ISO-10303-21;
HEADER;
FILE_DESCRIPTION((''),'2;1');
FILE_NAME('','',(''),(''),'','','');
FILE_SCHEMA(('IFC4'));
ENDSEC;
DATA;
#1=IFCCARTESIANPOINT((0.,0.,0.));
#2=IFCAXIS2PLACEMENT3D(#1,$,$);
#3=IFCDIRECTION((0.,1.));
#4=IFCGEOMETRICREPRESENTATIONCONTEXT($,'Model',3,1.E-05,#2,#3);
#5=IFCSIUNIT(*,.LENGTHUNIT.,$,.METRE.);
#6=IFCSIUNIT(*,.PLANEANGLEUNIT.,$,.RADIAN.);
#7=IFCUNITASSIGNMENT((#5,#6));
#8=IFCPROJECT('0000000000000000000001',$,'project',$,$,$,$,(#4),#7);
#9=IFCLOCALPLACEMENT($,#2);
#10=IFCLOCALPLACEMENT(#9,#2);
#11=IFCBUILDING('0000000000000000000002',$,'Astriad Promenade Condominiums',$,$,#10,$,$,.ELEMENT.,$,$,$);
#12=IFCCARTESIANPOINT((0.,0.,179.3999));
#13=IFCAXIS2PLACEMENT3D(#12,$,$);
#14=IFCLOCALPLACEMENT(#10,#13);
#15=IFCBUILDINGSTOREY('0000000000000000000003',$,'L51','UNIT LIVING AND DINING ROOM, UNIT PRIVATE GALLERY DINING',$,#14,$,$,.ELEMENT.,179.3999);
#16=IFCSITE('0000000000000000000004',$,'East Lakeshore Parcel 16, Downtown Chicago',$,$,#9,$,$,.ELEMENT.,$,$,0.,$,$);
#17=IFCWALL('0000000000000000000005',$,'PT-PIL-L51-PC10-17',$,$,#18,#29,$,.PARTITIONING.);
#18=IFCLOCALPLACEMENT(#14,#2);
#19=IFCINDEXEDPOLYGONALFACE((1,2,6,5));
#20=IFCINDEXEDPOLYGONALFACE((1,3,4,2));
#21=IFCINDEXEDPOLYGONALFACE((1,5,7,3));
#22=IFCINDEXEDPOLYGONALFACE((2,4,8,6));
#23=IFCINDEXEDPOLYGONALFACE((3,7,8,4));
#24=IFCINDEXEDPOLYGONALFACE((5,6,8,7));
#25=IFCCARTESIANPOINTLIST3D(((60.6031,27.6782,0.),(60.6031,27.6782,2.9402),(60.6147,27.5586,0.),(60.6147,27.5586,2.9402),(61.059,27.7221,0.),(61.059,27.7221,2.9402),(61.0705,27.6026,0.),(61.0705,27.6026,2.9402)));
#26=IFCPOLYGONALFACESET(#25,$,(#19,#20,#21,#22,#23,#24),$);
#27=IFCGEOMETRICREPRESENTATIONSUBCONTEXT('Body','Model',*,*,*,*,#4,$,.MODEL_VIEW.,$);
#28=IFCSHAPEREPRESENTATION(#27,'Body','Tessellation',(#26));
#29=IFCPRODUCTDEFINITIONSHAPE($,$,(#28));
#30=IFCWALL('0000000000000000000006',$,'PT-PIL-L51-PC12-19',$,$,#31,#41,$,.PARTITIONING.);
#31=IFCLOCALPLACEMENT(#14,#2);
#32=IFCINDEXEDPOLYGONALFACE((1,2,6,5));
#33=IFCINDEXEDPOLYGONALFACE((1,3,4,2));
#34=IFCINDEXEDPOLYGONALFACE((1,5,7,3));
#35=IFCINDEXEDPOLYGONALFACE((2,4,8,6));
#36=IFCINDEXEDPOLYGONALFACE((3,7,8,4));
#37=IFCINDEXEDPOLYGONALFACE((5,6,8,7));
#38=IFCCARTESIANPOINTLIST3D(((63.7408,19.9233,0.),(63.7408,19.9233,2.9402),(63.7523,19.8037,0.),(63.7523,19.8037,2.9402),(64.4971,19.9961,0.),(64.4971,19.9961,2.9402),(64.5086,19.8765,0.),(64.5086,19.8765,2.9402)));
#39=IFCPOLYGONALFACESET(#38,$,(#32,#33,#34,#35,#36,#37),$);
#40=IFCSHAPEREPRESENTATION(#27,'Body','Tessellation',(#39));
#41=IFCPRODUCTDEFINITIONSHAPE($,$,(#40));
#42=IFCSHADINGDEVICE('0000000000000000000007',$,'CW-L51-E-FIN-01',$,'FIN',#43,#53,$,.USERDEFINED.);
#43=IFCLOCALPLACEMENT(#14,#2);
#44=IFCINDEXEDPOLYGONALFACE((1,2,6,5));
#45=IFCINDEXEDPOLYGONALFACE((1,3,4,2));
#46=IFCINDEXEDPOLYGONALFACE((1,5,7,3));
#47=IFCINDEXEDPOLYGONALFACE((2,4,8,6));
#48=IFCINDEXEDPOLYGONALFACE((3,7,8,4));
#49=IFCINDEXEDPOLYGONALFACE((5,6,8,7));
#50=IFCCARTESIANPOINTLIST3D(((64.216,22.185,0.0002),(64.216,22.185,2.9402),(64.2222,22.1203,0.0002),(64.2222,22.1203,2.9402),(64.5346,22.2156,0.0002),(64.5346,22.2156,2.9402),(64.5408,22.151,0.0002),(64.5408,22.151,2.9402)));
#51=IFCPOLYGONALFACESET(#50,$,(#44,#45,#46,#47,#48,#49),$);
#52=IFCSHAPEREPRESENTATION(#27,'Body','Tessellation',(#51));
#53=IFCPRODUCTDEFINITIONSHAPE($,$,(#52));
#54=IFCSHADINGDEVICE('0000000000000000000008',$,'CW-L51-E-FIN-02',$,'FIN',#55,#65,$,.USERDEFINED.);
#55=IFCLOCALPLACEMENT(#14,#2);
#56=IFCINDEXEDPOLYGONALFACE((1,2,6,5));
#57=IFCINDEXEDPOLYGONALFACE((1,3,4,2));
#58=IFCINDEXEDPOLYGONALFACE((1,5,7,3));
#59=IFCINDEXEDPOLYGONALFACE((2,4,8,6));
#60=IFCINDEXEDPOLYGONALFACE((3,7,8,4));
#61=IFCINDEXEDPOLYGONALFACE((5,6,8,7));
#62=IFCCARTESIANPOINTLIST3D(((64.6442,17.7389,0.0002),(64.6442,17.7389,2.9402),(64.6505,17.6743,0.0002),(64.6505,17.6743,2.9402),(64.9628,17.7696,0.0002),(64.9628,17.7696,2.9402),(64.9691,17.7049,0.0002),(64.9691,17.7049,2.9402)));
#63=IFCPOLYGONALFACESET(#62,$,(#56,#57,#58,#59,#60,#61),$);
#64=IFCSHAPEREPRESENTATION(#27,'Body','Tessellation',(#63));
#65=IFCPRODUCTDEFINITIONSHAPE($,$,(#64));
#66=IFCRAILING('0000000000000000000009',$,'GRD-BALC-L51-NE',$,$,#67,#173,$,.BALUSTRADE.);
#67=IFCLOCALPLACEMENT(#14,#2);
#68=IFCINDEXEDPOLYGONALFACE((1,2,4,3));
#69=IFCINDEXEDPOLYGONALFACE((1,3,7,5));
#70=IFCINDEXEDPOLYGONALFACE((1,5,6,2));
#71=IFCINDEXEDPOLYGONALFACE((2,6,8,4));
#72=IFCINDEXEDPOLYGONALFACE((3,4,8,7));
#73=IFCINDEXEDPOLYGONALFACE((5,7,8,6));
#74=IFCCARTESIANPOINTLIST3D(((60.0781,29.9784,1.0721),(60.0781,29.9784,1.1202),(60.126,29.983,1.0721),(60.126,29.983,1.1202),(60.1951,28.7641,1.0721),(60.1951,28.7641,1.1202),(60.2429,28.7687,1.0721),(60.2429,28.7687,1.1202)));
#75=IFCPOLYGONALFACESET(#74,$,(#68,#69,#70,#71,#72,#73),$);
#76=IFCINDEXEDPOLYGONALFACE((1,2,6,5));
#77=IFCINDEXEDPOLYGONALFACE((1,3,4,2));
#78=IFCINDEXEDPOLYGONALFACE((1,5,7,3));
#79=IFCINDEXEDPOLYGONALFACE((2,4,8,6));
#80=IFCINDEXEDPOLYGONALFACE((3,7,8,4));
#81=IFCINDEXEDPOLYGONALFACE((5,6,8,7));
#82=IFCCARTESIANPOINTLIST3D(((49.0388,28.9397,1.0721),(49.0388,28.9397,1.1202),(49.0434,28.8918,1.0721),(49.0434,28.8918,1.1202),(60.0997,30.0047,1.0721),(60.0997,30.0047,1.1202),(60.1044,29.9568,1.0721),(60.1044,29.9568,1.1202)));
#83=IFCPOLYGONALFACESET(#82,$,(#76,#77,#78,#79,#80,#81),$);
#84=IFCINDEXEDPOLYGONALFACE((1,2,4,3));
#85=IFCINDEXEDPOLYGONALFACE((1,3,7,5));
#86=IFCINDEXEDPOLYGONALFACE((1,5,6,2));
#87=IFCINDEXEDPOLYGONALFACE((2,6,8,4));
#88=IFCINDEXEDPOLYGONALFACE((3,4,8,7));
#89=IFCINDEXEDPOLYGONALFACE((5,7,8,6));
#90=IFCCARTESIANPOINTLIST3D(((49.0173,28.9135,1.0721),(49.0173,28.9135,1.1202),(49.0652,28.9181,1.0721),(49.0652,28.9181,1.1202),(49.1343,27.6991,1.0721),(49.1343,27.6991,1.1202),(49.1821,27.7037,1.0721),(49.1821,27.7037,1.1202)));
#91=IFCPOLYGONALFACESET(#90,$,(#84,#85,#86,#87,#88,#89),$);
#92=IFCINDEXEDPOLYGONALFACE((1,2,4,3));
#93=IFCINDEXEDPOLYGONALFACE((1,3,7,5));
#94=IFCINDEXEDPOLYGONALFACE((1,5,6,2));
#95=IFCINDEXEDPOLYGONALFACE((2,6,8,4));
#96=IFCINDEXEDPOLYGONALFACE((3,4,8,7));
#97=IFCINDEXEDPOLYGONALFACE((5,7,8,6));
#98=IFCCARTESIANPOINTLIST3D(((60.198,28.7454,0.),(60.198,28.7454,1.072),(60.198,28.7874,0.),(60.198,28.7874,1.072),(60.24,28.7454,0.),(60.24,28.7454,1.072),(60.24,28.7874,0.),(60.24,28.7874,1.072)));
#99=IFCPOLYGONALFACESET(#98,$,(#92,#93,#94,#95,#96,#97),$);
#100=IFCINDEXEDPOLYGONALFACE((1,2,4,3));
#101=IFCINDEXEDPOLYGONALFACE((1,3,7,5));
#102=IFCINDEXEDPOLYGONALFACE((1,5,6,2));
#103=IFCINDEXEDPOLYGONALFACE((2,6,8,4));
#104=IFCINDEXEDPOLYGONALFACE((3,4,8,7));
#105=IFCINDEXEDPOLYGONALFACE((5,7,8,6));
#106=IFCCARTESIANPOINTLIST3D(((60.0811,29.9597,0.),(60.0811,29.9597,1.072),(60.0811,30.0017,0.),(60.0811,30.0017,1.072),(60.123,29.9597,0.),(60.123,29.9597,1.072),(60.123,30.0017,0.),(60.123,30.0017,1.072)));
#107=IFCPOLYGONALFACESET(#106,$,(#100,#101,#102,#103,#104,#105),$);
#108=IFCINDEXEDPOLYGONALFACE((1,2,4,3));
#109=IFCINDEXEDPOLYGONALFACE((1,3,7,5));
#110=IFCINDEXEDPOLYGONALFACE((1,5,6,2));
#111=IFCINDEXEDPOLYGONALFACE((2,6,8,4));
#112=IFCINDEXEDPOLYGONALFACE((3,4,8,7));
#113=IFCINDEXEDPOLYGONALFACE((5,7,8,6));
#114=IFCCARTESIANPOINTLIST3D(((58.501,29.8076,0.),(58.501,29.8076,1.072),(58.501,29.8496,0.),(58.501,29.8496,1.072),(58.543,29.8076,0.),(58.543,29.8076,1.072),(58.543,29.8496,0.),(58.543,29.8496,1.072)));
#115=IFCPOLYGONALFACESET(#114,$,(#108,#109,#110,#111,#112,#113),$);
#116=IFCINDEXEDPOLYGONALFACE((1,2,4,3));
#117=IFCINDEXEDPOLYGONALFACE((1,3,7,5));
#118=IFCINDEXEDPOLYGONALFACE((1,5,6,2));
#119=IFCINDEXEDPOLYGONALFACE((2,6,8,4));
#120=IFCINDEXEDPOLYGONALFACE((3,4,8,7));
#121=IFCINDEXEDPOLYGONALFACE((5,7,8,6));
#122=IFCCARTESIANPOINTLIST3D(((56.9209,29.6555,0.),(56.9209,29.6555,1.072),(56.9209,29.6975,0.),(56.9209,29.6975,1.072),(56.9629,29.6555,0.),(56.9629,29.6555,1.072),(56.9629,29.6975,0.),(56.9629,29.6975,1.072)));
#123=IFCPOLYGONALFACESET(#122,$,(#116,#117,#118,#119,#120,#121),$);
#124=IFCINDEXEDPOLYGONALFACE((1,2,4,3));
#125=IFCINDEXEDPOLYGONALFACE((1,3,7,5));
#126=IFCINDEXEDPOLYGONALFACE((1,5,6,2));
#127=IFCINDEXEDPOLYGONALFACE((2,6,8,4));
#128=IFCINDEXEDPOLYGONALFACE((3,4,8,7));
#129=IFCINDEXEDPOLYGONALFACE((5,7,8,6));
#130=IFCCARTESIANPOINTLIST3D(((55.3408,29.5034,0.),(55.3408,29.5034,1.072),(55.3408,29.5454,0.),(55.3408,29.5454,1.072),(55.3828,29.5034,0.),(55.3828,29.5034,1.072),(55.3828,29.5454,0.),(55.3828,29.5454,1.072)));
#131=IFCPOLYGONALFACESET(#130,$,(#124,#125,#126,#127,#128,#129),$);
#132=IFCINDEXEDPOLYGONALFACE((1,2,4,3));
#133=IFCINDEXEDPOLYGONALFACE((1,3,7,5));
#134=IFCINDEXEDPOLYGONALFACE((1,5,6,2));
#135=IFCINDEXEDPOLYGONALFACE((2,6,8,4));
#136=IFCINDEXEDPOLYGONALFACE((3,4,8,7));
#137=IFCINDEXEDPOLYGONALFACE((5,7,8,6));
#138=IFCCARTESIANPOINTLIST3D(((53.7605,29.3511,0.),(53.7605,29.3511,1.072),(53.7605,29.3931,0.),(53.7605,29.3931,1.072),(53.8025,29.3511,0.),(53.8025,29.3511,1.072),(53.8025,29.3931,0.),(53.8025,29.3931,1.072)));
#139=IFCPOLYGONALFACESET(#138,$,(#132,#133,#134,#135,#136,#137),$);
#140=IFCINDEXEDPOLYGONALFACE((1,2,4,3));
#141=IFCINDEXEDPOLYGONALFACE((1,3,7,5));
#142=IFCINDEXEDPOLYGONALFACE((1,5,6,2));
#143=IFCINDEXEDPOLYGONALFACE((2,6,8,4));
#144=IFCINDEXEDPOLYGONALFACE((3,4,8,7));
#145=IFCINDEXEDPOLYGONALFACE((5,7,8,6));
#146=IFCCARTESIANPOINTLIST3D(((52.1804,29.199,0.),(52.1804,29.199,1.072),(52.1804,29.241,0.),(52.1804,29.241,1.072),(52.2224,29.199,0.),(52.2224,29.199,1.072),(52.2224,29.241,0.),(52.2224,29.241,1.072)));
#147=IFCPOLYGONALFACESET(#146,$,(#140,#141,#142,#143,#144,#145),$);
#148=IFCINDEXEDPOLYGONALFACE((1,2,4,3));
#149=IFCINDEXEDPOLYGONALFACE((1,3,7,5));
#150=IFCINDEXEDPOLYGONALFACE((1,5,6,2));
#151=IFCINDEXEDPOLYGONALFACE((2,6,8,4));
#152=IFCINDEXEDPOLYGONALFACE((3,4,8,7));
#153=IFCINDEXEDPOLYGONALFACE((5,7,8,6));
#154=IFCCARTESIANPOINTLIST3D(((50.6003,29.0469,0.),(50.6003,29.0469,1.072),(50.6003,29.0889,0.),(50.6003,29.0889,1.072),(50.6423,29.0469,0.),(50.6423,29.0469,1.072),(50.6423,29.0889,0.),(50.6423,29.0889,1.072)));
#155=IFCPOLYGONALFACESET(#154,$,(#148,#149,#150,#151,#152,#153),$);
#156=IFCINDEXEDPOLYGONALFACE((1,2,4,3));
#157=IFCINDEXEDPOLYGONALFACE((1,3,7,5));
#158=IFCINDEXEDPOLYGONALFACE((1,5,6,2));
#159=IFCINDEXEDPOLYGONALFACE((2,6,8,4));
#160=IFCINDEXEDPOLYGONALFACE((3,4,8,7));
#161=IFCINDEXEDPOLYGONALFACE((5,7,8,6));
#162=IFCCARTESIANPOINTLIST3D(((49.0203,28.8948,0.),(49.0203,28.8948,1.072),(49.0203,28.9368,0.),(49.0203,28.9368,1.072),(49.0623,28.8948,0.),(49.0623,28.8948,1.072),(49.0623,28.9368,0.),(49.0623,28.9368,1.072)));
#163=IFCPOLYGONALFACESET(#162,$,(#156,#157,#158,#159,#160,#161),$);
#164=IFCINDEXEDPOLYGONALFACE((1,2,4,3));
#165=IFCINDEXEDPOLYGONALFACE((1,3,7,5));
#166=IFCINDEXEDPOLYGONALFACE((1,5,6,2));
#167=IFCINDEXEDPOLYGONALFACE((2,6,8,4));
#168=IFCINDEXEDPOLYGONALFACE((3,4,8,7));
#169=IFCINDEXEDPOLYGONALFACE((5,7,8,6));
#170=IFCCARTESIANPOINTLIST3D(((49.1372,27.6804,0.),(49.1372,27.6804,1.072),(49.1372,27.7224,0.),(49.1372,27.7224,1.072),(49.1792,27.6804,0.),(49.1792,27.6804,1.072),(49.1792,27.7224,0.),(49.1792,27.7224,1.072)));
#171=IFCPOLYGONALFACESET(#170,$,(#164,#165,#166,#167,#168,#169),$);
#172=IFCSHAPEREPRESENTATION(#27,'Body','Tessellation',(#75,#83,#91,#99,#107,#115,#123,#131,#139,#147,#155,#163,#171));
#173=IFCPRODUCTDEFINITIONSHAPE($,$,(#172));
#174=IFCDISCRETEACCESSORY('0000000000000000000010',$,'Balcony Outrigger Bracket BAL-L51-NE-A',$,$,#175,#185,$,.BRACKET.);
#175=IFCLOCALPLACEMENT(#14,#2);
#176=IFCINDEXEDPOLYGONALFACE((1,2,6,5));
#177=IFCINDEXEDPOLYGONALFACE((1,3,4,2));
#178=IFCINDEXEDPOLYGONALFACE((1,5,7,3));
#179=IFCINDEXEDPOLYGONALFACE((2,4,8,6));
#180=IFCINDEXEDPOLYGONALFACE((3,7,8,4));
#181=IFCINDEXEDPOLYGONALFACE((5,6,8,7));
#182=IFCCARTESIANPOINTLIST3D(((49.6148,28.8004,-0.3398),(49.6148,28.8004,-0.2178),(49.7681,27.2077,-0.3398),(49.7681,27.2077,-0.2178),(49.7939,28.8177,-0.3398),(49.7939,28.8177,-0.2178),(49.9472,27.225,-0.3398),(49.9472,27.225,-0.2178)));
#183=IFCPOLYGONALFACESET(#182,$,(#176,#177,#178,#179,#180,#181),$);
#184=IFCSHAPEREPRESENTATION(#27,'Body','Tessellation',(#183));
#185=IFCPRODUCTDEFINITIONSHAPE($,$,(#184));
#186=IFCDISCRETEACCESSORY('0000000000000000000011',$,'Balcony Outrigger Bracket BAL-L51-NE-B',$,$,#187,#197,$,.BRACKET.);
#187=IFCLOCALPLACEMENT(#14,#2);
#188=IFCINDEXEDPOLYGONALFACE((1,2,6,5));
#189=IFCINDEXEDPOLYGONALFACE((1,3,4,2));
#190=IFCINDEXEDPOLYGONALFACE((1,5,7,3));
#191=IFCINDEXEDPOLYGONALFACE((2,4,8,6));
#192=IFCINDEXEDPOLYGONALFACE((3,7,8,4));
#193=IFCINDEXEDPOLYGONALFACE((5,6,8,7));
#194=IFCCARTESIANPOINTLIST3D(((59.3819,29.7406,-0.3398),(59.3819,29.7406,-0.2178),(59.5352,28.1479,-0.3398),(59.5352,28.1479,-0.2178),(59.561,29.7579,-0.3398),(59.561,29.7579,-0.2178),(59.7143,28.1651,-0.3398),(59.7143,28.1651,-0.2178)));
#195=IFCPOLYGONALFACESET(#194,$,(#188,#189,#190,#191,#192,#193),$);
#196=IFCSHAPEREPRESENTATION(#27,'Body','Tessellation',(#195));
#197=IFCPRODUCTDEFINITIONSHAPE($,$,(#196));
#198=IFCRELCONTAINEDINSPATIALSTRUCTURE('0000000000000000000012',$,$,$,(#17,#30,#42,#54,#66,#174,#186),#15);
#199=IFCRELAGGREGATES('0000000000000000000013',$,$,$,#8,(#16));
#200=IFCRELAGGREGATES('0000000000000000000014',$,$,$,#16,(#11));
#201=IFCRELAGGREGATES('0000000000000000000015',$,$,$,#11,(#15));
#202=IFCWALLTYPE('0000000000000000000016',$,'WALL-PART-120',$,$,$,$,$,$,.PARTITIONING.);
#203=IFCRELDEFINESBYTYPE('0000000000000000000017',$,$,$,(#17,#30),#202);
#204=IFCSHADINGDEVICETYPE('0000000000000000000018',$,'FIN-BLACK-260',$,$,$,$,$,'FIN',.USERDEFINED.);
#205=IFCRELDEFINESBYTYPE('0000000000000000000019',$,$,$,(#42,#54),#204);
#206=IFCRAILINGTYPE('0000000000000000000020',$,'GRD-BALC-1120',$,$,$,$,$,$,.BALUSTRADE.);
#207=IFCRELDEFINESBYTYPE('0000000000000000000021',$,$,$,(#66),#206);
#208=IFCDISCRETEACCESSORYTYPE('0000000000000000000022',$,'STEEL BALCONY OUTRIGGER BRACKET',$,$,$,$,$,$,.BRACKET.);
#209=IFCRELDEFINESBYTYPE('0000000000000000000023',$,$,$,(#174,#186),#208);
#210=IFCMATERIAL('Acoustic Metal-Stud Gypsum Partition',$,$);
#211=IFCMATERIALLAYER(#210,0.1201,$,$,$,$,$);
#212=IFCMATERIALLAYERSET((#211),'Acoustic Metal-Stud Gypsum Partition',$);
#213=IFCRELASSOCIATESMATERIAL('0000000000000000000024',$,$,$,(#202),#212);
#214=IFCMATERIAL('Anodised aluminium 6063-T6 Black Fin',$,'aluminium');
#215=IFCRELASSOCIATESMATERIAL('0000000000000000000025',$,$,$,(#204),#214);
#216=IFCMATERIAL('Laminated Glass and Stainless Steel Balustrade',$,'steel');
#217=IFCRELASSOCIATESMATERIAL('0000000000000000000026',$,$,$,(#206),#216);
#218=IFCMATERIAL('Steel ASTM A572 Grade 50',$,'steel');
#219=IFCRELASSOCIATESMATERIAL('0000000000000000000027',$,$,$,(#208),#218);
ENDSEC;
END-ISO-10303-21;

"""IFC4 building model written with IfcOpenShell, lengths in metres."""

from ifc_helpers import new_model, si_unit, direction, frame, frame_2d, origin, origin_2d, place, context, subcontext, project, spatial, rectangle, extrude, source, transform, mapped, material, layer, layer_set, type_object, type_shapes, element, save


model = new_model("IFC4")

# Units and contexts
model_context = context("Model", 3, precision=1e-05, world=origin(), true_north=direction((0.0, 1.0)))
body_context = subcontext(model_context, "Body", "Model", "MODEL_VIEW")
ifc_project = project(units=[si_unit("LENGTHUNIT", "METRE"), si_unit("PLANEANGLEUNIT", "RADIAN")], contexts=[model_context])

# Site, building, storey
site_placement = place(None, origin())
site = spatial("IfcSite", under=ifc_project, at=site_placement, Name="East Lakeshore Parcel 16, Downtown Chicago", CompositionType="ELEMENT", RefElevation=0.0)
building_placement = place(site_placement, origin())
building = spatial("IfcBuilding", under=site, at=building_placement, Name="Astriad Promenade Condominiums", CompositionType="ELEMENT")
storey_placement = place(building_placement, frame((0.0, 0.0, 179.3999)))
storey = spatial("IfcBuildingStorey", under=building, at=storey_placement, Name="L51", Description="UNIT LIVING AND DINING ROOM, UNIT PRIVATE GALLERY DINING", CompositionType="ELEMENT", Elevation=179.3999)

# Shared definitions
ifc_material_1 = material(Name="Acoustic Metal-Stud Gypsum Partition")
ifc_layer_1 = layer(ifc_material_1, 0.1201)
ifc_layer_set_1 = layer_set([ifc_layer_1], Name="Acoustic Metal-Stud Gypsum Partition")
wall_type_1 = type_object("IfcWallType", Name="WALL-PART-120", PredefinedType="PARTITIONING", material=ifc_layer_set_1)

# Walls
wall_1_placement = place(storey_placement, frame((60.6089, 27.6184, 0.0), z_axis=(0.0, 0.0, 1.0), x_axis=(0.995385, 0.095966, 0.0)))
element("IfcWall", 1, at=wall_1_placement, inside=storey, type_object=wall_type_1, Name="PT-PIL-L51-PC10-17", PredefinedType="PARTITIONING", context=body_context, shape_type="SweptSolid", body=[
    extrude(rectangle(XDim=0.458, YDim=0.1201, at=frame_2d((0.229, 0.0))), origin(), (0.0, 0.0, 1.0), 2.9402),
])
wall_2_placement = place(storey_placement, frame((63.7466, 19.8635, 0.0), z_axis=(0.0, 0.0, 1.0), x_axis=(0.995405, 0.095749, 0.0)))
element("IfcWall", 2, at=wall_2_placement, inside=storey, type_object=wall_type_1, Name="PT-PIL-L51-PC12-19", PredefinedType="PARTITIONING", context=body_context, shape_type="SweptSolid", body=[
    extrude(rectangle(XDim=0.7598, YDim=0.1201, at=frame_2d((0.3799, 0.0))), origin(), (0.0, 0.0, 1.0), 2.9402),
])

# Shading devices
ifc_material_2 = material(Name="Anodised aluminium 6063-T6 Black Fin", Category="aluminium")
shading_device_type = type_object("IfcShadingDeviceType", Name="FIN-BLACK-260", ElementType="FIN", PredefinedType="USERDEFINED", material=ifc_material_2)
shared_shape_1 = source(origin(), body_context, "Body", "SweptSolid", [
    extrude(rectangle(XDim=0.0649, YDim=0.3201, at=origin_2d()), origin(), (0.0, 0.0, 1.0), 2.9399),
])
type_shapes(shading_device_type, [shared_shape_1])
for number, where, z_axis, x_axis, name in (
    (3, (64.3784, 22.168, 0.0002), (0.0, 0.0, 1.0), (0.095846, -0.995396, 0.0), "CW-L51-E-FIN-01"),
    (4, (64.8066, 17.7219, 0.0002), (0.0, 0.0, 1.0), (0.095846, -0.995396, 0.0), "CW-L51-E-FIN-02"),
):
    element("IfcShadingDevice", number, at=place(storey_placement, frame(where, z_axis=z_axis, x_axis=x_axis)), inside=storey, type_object=shading_device_type, Name=name, ObjectType="FIN", PredefinedType="USERDEFINED", context=body_context, shape_type="MappedRepresentation", body=[
        mapped(shared_shape_1, transform((0.0, 0.0, 0.0), scale=1.0)),
    ])

# Railing
ifc_material_3 = material(Name="Laminated Glass and Stainless Steel Balustrade", Category="steel")
railing_type = type_object("IfcRailingType", Name="GRD-BALC-1120", PredefinedType="BALUSTRADE", material=ifc_material_3)
shared_shape_2 = source(origin(), body_context, "Body", "SweptSolid", [
    extrude(rectangle(XDim=0.0481, YDim=0.0481, at=origin_2d()), frame((0.0, 0.0, 1.0962), z_axis=(-0.095857, 0.995395, 0.0), x_axis=(-0.995395, -0.095857, 0.0)), (0.0, 0.0, 1.0), 1.22),
    extrude(rectangle(XDim=0.0481, YDim=0.0481, at=origin_2d()), frame((-0.1169, 1.2144, 1.0962), z_axis=(-0.995397, -0.095838, 0.0), x_axis=(0.095838, -0.995397, 0.0)), (0.0, 0.0, 1.0), 11.1121),
    extrude(rectangle(XDim=0.0481, YDim=0.0481, at=origin_2d()), frame((-11.1777, 0.1494, 1.0962), z_axis=(0.095857, -0.995395, 0.0), x_axis=(0.995395, 0.095857, 0.0)), (0.0, 0.0, 1.0), 1.22),
    extrude(rectangle(XDim=0.042, YDim=0.042, at=origin_2d()), origin(), (0.0, 0.0, 1.0), 1.072),
    extrude(rectangle(XDim=0.042, YDim=0.042, at=origin_2d()), frame((-0.1169, 1.2144, 0.0)), (0.0, 0.0, 1.0), 1.072),
    extrude(rectangle(XDim=0.042, YDim=0.042, at=origin_2d()), frame((-1.697, 1.0623, 0.0)), (0.0, 0.0, 1.0), 1.072),
    extrude(rectangle(XDim=0.042, YDim=0.042, at=origin_2d()), frame((-3.2771, 0.9102, 0.0)), (0.0, 0.0, 1.0), 1.072),
    extrude(rectangle(XDim=0.042, YDim=0.042, at=origin_2d()), frame((-4.8572, 0.7581, 0.0)), (0.0, 0.0, 1.0), 1.072),
    extrude(rectangle(XDim=0.042, YDim=0.042, at=origin_2d()), frame((-6.4375, 0.6057, 0.0)), (0.0, 0.0, 1.0), 1.072),
    extrude(rectangle(XDim=0.042, YDim=0.042, at=origin_2d()), frame((-8.0176, 0.4536, 0.0)), (0.0, 0.0, 1.0), 1.072),
    extrude(rectangle(XDim=0.042, YDim=0.042, at=origin_2d()), frame((-9.5977, 0.3015, 0.0)), (0.0, 0.0, 1.0), 1.072),
    extrude(rectangle(XDim=0.042, YDim=0.042, at=origin_2d()), frame((-11.1777, 0.1494, 0.0)), (0.0, 0.0, 1.0), 1.072),
    extrude(rectangle(XDim=0.042, YDim=0.042, at=origin_2d()), frame((-11.0608, -1.0649, 0.0)), (0.0, 0.0, 1.0), 1.072),
])
type_shapes(railing_type, [shared_shape_2])
railing_placement = place(storey_placement, frame((60.219, 28.7664, 0.0)))
element("IfcRailing", 5, at=railing_placement, inside=storey, type_object=railing_type, Name="GRD-BALC-L51-NE", PredefinedType="BALUSTRADE", context=body_context, shape_type="MappedRepresentation", body=[
    mapped(shared_shape_2, transform((0.0, 0.0, 0.0), scale=1.0)),
])

# Discrete accessories
ifc_material_4 = material(Name="Steel ASTM A572 Grade 50", Category="steel")
discrete_accessory_type = type_object("IfcDiscreteAccessoryType", Name="STEEL BALCONY OUTRIGGER BRACKET", PredefinedType="BRACKET", material=ifc_material_4)
shared_shape_3 = source(origin(), body_context, "Body", "SweptSolid", [
    extrude(rectangle(XDim=1.6001, YDim=0.1799, at=origin_2d()), origin(), (0.0, 0.0, 1.0), 0.1221),
])
type_shapes(discrete_accessory_type, [shared_shape_3])
for number, where, z_axis, x_axis, name in (
    (6, (49.781, 28.0127, -0.3398), (0.0, 0.0, 1.0), (-0.095846, 0.995396, 0.0), "Balcony Outrigger Bracket BAL-L51-NE-A"),
    (7, (59.5481, 28.9529, -0.3398), (0.0, 0.0, 1.0), (-0.095846, 0.995396, 0.0), "Balcony Outrigger Bracket BAL-L51-NE-B"),
):
    element("IfcDiscreteAccessory", number, at=place(storey_placement, frame(where, z_axis=z_axis, x_axis=x_axis)), inside=storey, type_object=discrete_accessory_type, Name=name, PredefinedType="BRACKET", context=body_context, shape_type="MappedRepresentation", body=[
        mapped(shared_shape_3, transform((0.0, 0.0, 0.0), scale=1.0)),
    ])

save(model, "model.ifc")
